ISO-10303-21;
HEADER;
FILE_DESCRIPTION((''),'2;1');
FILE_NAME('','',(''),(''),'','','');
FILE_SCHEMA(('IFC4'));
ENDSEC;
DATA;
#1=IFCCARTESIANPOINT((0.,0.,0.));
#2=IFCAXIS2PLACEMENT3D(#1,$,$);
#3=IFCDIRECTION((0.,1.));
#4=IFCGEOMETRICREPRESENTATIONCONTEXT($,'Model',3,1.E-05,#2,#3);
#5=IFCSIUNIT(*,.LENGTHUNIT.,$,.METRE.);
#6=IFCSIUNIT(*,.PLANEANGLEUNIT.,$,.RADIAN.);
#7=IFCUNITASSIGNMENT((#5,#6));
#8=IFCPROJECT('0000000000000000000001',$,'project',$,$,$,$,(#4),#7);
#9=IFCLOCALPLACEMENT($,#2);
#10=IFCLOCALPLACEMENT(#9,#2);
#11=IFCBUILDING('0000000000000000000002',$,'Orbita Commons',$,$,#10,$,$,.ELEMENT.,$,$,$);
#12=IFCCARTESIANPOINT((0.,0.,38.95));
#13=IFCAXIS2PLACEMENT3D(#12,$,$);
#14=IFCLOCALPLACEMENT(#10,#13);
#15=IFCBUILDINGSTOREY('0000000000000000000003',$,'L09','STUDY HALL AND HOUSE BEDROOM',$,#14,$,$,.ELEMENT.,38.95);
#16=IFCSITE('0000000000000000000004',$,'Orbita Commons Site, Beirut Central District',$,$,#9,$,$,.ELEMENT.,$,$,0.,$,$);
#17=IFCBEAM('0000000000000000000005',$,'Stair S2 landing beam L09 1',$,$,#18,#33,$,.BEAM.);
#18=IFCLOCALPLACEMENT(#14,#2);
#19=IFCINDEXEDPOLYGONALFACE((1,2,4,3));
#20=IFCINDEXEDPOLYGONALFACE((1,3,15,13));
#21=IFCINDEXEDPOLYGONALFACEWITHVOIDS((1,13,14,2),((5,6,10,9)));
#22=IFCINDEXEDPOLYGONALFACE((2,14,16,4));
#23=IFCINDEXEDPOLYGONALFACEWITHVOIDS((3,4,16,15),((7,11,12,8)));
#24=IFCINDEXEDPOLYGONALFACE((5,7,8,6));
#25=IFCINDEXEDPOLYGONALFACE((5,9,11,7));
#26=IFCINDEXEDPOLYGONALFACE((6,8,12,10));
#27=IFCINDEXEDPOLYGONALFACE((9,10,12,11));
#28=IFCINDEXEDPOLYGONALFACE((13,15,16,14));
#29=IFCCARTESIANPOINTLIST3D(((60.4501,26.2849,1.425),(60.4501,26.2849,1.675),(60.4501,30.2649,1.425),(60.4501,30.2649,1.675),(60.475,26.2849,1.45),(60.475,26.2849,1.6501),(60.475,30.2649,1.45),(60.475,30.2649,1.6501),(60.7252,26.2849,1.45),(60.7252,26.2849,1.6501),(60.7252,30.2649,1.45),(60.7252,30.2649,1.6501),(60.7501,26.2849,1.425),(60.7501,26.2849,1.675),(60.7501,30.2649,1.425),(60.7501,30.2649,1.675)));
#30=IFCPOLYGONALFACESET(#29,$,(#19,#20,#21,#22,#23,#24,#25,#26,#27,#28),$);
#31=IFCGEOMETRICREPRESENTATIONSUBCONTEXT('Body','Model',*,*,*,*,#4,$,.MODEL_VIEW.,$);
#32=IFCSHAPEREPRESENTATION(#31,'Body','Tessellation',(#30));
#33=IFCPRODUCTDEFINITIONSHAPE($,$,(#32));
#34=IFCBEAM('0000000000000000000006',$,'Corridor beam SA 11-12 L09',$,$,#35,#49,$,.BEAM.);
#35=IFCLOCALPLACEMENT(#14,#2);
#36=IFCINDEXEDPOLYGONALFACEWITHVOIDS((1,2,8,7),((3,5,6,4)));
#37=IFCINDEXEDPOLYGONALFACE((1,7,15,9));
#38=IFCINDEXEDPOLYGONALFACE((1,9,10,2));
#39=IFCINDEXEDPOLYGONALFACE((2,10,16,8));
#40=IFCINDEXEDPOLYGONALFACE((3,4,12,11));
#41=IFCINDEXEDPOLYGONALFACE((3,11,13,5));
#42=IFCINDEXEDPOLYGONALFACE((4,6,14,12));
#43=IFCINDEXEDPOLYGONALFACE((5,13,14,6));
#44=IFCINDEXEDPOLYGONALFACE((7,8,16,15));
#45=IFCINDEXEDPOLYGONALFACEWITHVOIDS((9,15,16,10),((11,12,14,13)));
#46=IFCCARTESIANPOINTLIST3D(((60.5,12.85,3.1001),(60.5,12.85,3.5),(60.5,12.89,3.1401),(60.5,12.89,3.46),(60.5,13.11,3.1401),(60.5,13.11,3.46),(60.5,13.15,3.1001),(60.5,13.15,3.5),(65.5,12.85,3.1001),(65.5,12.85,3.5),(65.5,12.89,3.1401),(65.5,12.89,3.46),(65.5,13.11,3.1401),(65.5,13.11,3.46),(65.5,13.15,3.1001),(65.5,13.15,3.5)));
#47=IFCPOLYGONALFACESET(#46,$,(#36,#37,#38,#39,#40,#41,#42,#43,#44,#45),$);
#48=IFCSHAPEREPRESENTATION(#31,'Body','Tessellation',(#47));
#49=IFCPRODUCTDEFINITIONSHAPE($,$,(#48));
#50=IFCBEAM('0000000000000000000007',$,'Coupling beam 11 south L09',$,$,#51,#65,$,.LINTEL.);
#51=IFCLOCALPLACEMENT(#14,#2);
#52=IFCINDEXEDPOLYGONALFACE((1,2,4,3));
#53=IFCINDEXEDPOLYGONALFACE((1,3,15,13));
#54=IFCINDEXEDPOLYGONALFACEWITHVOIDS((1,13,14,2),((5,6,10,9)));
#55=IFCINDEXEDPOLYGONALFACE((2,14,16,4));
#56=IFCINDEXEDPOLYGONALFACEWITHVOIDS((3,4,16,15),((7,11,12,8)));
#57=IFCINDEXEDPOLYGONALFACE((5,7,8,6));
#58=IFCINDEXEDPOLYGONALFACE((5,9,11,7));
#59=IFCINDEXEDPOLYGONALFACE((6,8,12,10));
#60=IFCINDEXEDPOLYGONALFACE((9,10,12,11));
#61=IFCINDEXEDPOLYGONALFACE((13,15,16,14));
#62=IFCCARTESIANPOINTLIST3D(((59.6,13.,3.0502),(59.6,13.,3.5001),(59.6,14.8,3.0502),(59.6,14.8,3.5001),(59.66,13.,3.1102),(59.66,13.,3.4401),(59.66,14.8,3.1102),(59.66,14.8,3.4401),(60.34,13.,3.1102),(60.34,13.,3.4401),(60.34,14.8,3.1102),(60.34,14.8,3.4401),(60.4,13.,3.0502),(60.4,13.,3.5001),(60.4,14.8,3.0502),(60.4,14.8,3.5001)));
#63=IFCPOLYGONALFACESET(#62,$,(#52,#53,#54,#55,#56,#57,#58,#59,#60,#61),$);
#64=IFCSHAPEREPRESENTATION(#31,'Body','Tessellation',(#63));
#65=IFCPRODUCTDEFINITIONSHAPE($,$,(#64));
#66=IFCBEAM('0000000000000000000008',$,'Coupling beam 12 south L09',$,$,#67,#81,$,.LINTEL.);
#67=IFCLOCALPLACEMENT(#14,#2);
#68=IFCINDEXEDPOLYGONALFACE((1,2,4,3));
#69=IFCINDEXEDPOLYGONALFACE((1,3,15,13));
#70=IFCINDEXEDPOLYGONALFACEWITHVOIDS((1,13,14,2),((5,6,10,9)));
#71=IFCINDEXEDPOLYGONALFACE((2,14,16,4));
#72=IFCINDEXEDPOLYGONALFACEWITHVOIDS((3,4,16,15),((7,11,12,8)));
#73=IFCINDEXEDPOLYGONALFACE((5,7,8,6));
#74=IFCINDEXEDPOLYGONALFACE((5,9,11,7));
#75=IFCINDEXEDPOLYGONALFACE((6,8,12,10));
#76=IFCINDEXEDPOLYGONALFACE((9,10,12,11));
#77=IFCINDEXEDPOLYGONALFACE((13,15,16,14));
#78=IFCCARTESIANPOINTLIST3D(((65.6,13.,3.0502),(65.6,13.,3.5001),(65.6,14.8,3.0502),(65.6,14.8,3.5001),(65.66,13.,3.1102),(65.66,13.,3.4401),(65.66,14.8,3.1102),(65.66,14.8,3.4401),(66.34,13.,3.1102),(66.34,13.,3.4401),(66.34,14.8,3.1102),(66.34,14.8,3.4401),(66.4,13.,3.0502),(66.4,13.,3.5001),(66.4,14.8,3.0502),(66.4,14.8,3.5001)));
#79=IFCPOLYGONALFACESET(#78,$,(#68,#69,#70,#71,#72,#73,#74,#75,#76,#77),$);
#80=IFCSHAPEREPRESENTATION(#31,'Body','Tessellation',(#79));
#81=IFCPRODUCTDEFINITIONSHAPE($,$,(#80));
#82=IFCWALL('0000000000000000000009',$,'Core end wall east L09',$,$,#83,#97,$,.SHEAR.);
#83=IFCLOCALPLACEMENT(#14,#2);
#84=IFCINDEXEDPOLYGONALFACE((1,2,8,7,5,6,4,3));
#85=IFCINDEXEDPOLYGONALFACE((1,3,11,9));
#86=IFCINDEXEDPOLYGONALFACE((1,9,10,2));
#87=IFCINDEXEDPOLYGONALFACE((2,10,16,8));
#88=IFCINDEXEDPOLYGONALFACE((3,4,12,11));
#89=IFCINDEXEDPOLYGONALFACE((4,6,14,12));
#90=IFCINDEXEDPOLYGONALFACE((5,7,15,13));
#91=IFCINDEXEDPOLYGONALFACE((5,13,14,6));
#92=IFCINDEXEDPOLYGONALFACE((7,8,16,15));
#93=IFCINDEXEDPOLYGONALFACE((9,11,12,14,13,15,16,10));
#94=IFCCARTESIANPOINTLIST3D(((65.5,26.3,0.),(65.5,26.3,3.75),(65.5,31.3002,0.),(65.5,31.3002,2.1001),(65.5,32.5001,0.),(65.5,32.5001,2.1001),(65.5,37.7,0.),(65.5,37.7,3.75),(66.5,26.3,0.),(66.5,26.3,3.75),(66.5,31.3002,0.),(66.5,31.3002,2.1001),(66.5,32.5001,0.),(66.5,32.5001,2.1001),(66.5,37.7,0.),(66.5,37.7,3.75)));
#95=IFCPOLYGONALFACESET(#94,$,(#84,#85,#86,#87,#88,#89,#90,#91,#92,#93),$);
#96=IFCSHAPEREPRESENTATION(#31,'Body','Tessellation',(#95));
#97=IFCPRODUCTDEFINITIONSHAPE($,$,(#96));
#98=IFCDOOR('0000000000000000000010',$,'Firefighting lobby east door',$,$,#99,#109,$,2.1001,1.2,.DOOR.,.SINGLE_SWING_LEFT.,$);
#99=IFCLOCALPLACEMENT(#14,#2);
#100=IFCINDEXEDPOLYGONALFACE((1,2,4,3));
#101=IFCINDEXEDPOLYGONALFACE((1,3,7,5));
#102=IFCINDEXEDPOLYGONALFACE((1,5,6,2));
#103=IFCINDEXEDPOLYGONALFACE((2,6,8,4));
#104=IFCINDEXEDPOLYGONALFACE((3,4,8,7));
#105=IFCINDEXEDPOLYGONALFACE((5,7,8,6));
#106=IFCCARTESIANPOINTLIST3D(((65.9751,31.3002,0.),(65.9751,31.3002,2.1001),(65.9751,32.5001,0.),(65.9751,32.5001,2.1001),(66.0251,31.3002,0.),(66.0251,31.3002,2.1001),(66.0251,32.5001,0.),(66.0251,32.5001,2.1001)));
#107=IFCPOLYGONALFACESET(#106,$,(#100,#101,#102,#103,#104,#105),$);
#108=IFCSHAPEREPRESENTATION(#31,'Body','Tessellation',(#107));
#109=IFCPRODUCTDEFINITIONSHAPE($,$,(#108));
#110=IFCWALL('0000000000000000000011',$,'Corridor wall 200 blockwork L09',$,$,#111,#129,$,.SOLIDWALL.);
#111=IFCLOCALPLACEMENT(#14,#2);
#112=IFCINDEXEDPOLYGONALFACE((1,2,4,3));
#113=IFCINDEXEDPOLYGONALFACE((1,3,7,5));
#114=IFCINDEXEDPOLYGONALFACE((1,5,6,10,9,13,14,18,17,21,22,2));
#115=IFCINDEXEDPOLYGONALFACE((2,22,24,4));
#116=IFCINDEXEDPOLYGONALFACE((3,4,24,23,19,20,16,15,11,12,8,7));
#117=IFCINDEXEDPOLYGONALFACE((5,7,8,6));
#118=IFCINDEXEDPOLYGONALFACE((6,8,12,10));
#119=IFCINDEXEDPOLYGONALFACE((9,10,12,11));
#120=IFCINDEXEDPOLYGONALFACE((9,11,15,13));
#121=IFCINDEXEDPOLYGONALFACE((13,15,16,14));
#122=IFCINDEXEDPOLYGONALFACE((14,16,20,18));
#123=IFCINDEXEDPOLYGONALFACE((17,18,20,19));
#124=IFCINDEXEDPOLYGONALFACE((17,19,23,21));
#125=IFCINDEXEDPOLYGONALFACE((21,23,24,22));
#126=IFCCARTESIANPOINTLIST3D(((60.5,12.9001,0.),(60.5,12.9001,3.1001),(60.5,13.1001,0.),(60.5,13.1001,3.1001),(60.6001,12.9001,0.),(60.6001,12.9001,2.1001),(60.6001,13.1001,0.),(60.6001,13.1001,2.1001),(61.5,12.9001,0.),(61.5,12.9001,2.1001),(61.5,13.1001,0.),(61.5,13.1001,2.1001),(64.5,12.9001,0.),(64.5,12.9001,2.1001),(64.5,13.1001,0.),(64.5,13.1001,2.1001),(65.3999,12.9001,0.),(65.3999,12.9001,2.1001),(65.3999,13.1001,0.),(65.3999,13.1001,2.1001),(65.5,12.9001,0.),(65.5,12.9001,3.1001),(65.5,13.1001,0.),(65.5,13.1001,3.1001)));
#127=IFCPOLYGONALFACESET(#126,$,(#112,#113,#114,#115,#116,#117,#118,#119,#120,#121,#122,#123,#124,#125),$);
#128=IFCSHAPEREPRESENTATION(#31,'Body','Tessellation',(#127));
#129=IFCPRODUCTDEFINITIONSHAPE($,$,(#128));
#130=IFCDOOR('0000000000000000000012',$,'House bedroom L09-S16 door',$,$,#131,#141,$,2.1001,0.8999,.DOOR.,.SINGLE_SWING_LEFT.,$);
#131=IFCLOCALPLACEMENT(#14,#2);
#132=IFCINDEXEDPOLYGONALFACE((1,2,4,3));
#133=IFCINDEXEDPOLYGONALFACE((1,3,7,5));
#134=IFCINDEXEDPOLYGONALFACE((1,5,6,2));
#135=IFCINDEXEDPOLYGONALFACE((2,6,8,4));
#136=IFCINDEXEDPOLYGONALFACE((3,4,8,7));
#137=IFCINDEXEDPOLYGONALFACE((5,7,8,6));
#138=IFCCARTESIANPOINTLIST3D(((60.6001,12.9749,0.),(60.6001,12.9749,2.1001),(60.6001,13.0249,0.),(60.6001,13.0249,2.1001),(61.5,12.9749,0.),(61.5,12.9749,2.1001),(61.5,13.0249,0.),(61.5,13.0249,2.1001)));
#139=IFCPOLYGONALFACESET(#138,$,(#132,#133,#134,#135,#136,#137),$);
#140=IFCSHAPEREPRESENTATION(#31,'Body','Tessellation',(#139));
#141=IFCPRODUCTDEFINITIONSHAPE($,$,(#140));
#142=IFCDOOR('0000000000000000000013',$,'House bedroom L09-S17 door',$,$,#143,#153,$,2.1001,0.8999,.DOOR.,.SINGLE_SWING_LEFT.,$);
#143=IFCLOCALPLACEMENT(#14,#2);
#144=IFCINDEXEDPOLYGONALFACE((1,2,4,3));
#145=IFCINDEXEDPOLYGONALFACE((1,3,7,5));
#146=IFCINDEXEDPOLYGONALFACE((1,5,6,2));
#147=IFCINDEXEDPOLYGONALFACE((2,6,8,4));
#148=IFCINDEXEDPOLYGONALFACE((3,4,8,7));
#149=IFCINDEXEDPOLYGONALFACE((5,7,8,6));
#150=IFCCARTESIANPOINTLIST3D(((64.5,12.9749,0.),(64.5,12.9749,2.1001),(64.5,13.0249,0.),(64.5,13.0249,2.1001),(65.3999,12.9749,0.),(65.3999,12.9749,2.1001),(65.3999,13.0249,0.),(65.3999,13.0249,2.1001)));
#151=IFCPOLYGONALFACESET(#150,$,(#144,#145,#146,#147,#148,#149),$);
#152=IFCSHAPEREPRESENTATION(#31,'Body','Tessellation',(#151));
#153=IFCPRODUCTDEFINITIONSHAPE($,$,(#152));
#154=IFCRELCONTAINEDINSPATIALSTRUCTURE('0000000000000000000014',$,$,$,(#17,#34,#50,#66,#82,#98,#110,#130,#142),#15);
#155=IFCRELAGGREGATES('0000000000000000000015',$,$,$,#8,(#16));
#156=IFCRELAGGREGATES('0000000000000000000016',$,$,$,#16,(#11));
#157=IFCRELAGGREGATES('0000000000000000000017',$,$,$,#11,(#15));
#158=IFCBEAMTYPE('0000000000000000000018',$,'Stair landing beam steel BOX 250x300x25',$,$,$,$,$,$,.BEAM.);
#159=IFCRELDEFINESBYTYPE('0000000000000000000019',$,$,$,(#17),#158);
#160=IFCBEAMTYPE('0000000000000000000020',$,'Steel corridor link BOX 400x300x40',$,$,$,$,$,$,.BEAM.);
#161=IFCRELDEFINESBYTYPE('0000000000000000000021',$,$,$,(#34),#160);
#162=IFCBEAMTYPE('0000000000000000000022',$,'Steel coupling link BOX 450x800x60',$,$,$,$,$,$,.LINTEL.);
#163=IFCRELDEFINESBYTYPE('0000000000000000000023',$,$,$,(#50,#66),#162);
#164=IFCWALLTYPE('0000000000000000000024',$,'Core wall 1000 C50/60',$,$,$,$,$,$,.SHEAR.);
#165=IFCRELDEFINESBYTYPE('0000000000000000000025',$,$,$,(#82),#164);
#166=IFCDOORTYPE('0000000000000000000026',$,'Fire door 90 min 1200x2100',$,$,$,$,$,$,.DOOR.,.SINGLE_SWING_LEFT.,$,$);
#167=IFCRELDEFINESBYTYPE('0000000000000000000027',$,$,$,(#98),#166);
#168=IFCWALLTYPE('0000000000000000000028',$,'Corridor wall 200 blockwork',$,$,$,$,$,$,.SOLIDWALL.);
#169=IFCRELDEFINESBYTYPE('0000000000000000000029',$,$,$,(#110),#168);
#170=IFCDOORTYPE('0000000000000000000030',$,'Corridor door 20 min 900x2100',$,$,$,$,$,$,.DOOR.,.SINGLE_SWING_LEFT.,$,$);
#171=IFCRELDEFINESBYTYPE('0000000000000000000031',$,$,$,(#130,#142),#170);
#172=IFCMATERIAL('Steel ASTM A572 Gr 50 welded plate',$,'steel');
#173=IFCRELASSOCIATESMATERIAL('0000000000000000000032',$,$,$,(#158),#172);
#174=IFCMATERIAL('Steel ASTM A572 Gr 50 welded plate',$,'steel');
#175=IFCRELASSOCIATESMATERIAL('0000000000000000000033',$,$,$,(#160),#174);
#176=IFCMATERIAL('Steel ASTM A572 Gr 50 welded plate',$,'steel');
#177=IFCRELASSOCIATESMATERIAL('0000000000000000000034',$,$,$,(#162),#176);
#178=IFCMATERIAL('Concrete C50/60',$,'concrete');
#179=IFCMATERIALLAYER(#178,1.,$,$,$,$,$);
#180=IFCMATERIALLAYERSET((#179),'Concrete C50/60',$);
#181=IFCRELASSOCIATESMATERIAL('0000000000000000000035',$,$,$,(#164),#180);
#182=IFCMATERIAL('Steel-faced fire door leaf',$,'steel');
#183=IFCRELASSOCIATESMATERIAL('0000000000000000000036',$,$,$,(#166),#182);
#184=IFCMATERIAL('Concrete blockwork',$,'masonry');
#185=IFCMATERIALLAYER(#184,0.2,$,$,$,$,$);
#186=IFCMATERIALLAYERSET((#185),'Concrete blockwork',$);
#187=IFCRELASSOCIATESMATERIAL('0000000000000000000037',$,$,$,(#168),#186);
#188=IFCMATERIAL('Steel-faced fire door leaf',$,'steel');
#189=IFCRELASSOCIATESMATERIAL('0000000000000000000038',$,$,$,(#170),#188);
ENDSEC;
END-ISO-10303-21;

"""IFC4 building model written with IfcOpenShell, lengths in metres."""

from ifc_helpers import new_model, si_unit, direction, frame, frame_2d, origin, origin_2d, place, context, subcontext, project, spatial, polyline, rectangle, hollow_rectangle, outline, extrude, material, layer, layer_set, material_profile, profile_set, type_object, element, fill, save


model = new_model("IFC4")

# Units and contexts
model_context = context("Model", 3, precision=1e-05, world=origin(), true_north=direction((0.0, 1.0)))
body_context = subcontext(model_context, "Body", "Model", "MODEL_VIEW")
ifc_project = project(units=[si_unit("LENGTHUNIT", "METRE"), si_unit("PLANEANGLEUNIT", "RADIAN")], contexts=[model_context])

# Site, building, storey
site_placement = place(None, origin())
site = spatial("IfcSite", under=ifc_project, at=site_placement, Name="Orbita Commons Site, Beirut Central District", CompositionType="ELEMENT", RefElevation=0.0)
building_placement = place(site_placement, origin())
building = spatial("IfcBuilding", under=site, at=building_placement, Name="Orbita Commons", CompositionType="ELEMENT")
storey_placement = place(building_placement, frame((0.0, 0.0, 38.95)))
storey = spatial("IfcBuildingStorey", under=building, at=storey_placement, Name="L09", Description="STUDY HALL AND HOUSE BEDROOM", CompositionType="ELEMENT", Elevation=38.95)

# Beams
ifc_material_1 = material(Name="Steel ASTM A572 Gr 50 welded plate", Category="steel")
ifc_material_profile_1 = material_profile(ifc_material_1, hollow_rectangle(XDim=0.3, YDim=0.25, WallThickness=0.0249, at=origin_2d()), Name="BOX 250x300x25")
ifc_profile_set_1 = profile_set([ifc_material_profile_1], Name="Steel ASTM A572 Gr 50 welded plate")
beam_type_1 = type_object("IfcBeamType", Name="Stair landing beam steel BOX 250x300x25", PredefinedType="BEAM", material=ifc_profile_set_1)
beam_1_placement = place(storey_placement, frame((60.6001, 26.2849, 1.55), z_axis=(0.0, 1.0, 0.0), x_axis=(-1.0, 0.0, 0.0)))
element("IfcBeam", 1, at=beam_1_placement, inside=storey, type_object=beam_type_1, Name="Stair S2 landing beam L09 1", PredefinedType="BEAM", context=body_context, shape_type="SweptSolid", body=[
    extrude(hollow_rectangle(XDim=0.3, YDim=0.25, WallThickness=0.0249, at=origin_2d()), origin(), (0.0, 0.0, 1.0), 3.98),
])
ifc_material_2 = material(Name="Steel ASTM A572 Gr 50 welded plate", Category="steel")
ifc_material_profile_2 = material_profile(ifc_material_2, hollow_rectangle(XDim=0.3, YDim=0.3999, WallThickness=0.04, at=origin_2d()), Name="BOX 400x300x40")
ifc_profile_set_2 = profile_set([ifc_material_profile_2], Name="Steel ASTM A572 Gr 50 welded plate")
beam_type_2 = type_object("IfcBeamType", Name="Steel corridor link BOX 400x300x40", PredefinedType="BEAM", material=ifc_profile_set_2)
beam_2_placement = place(storey_placement, frame((60.5, 13.0, 3.3), z_axis=(1.0, 0.0, 0.0), x_axis=(0.0, 1.0, 0.0)))
element("IfcBeam", 2, at=beam_2_placement, inside=storey, type_object=beam_type_2, Name="Corridor beam SA 11-12 L09", PredefinedType="BEAM", context=body_context, shape_type="SweptSolid", body=[
    extrude(hollow_rectangle(XDim=0.3, YDim=0.3999, WallThickness=0.04, at=origin_2d()), origin(), (0.0, 0.0, 1.0), 5.0),
])
ifc_material_3 = material(Name="Steel ASTM A572 Gr 50 welded plate", Category="steel")
ifc_material_profile_3 = material_profile(ifc_material_3, hollow_rectangle(XDim=0.8, YDim=0.45, WallThickness=0.0601, at=origin_2d()), Name="BOX 450x800x60")
ifc_profile_set_3 = profile_set([ifc_material_profile_3], Name="Steel ASTM A572 Gr 50 welded plate")
beam_type_3 = type_object("IfcBeamType", Name="Steel coupling link BOX 450x800x60", PredefinedType="LINTEL", material=ifc_profile_set_3)
for number, where, z_axis, x_axis, name in (
    (3, (60.0, 13.0, 3.2751), (0.0, 1.0, 0.0), (-1.0, 0.0, 0.0), "Coupling beam 11 south L09"),
    (4, (66.0, 13.0, 3.2751), (0.0, 1.0, 0.0), (-1.0, 0.0, 0.0), "Coupling beam 12 south L09"),
):
    element("IfcBeam", number, at=place(storey_placement, frame(where, z_axis=z_axis, x_axis=x_axis)), inside=storey, type_object=beam_type_3, Name=name, PredefinedType="LINTEL", context=body_context, shape_type="SweptSolid", body=[
        extrude(hollow_rectangle(XDim=0.8, YDim=0.45, WallThickness=0.0601, at=origin_2d()), origin(), (0.0, 0.0, 1.0), 1.8),
    ])

# Wall, opening, door
ifc_material_4 = material(Name="Concrete C50/60", Category="concrete")
ifc_layer_1 = layer(ifc_material_4, 1.0)
ifc_layer_set_1 = layer_set([ifc_layer_1], Name="Concrete C50/60")
wall_type_1 = type_object("IfcWallType", Name="Core wall 1000 C50/60", PredefinedType="SHEAR", material=ifc_layer_set_1)
wall_1_placement = place(storey_placement, frame((66.0, 26.3, 0.0), z_axis=(0.0, 0.0, 1.0), x_axis=(0.0, 1.0, 0.0)))
wall_1 = element("IfcWall", 5, at=wall_1_placement, inside=storey, type_object=wall_type_1, Name="Core end wall east L09", PredefinedType="SHEAR", context=body_context, shape_type="SweptSolid", body=[
    extrude(rectangle(XDim=11.3999, YDim=1.0, at=frame_2d((5.7, 0.0))), origin(), (0.0, 0.0, 1.0), 3.75),
])
opening_1_placement = place(wall_1_placement, frame((5.0, 0.0, 0.0)))
opening_1 = element("IfcOpeningElement", 6, at=opening_1_placement, cuts=wall_1, PredefinedType="OPENING", context=body_context, shape_type="SweptSolid", body=[
    extrude(rectangle(XDim=1.2, YDim=2.1001, at=frame_2d((0.6001, 1.05))), frame((0.0, 0.51, 0.0), z_axis=(0.0, -1.0, 0.0), x_axis=(1.0, 0.0, 0.0)), (0.0, 0.0, 1.0), 1.02),
])
ifc_material_5 = material(Name="Steel-faced fire door leaf", Category="steel")
door_type_1 = type_object("IfcDoorType", Name="Fire door 90 min 1200x2100", OperationType="SINGLE_SWING_LEFT", PredefinedType="DOOR", material=ifc_material_5)
door_1_placement = place(opening_1_placement, origin())
door_1 = element("IfcDoor", 7, at=door_1_placement, inside=storey, type_object=door_type_1, Name="Firefighting lobby east door", OperationType="SINGLE_SWING_LEFT", OverallHeight=2.1001, OverallWidth=1.2, PredefinedType="DOOR", context=body_context, shape_type="SweptSolid", body=[
    extrude(rectangle(XDim=1.2, YDim=2.1001, at=frame_2d((0.6001, 1.05))), frame((0.0, 0.0249, 0.0), z_axis=(0.0, -1.0, 0.0), x_axis=(1.0, 0.0, 0.0)), (0.0, 0.0, 1.0), 0.05),
])
fill(opening_1, door_1)

# Wall, openings, doors
ifc_material_6 = material(Name="Concrete blockwork", Category="masonry")
ifc_layer_2 = layer(ifc_material_6, 0.2)
ifc_layer_set_2 = layer_set([ifc_layer_2], Name="Concrete blockwork")
wall_type_2 = type_object("IfcWallType", Name="Corridor wall 200 blockwork", PredefinedType="SOLIDWALL", material=ifc_layer_set_2)
wall_2_placement = place(storey_placement, frame((60.5, 13.0, 0.0), z_axis=(0.0, 0.0, 1.0), x_axis=(1.0, 0.0, 0.0)))
wall_2 = element("IfcWall", 8, at=wall_2_placement, inside=storey, type_object=wall_type_2, Name="Corridor wall 200 blockwork L09", PredefinedType="SOLIDWALL", context=body_context, shape_type="SweptSolid", body=[
    extrude(outline(polyline([(0.0, 0.0), (5.0, 0.0), (5.0, 3.1001), (0.0, 3.1001), (0.0, 0.0)])), frame((0.0, 0.1001, 0.0), z_axis=(0.0, -1.0, 0.0), x_axis=(1.0, 0.0, 0.0)), (0.0, 0.0, 1.0), 0.2),
])
opening_2_placement = place(wall_2_placement, frame((0.1001, 0.0, 0.0)))
opening_2 = element("IfcOpeningElement", 9, at=opening_2_placement, cuts=wall_2, PredefinedType="OPENING", context=body_context, shape_type="SweptSolid", body=[
    extrude(rectangle(XDim=0.8999, YDim=2.1001, at=frame_2d((0.45, 1.05))), frame((0.0, 0.1099, 0.0), z_axis=(0.0, -1.0, 0.0), x_axis=(1.0, 0.0, 0.0)), (0.0, 0.0, 1.0), 0.22),
])
opening_3_placement = place(wall_2_placement, frame((4.0, 0.0, 0.0)))
opening_3 = element("IfcOpeningElement", 10, at=opening_3_placement, cuts=wall_2, PredefinedType="OPENING", context=body_context, shape_type="SweptSolid", body=[
    extrude(rectangle(XDim=0.8999, YDim=2.1001, at=frame_2d((0.45, 1.05))), frame((0.0, 0.1099, 0.0), z_axis=(0.0, -1.0, 0.0), x_axis=(1.0, 0.0, 0.0)), (0.0, 0.0, 1.0), 0.22),
])
ifc_material_7 = material(Name="Steel-faced fire door leaf", Category="steel")
door_type_2 = type_object("IfcDoorType", Name="Corridor door 20 min 900x2100", OperationType="SINGLE_SWING_LEFT", PredefinedType="DOOR", material=ifc_material_7)
door_2_placement = place(opening_2_placement, origin())
door_2 = element("IfcDoor", 11, at=door_2_placement, inside=storey, type_object=door_type_2, Name="House bedroom L09-S16 door", OperationType="SINGLE_SWING_LEFT", OverallHeight=2.1001, OverallWidth=0.8999, PredefinedType="DOOR", context=body_context, shape_type="SweptSolid", body=[
    extrude(rectangle(XDim=0.8999, YDim=2.1001, at=frame_2d((0.45, 1.05))), frame((0.0, 0.0249, 0.0), z_axis=(0.0, -1.0, 0.0), x_axis=(1.0, 0.0, 0.0)), (0.0, 0.0, 1.0), 0.05),
])
fill(opening_2, door_2)
door_3_placement = place(opening_3_placement, origin())
door_3 = element("IfcDoor", 12, at=door_3_placement, inside=storey, type_object=door_type_2, Name="House bedroom L09-S17 door", OperationType="SINGLE_SWING_LEFT", OverallHeight=2.1001, OverallWidth=0.8999, PredefinedType="DOOR", context=body_context, shape_type="SweptSolid", body=[
    extrude(rectangle(XDim=0.8999, YDim=2.1001, at=frame_2d((0.45, 1.05))), frame((0.0, 0.0249, 0.0), z_axis=(0.0, -1.0, 0.0), x_axis=(1.0, 0.0, 0.0)), (0.0, 0.0, 1.0), 0.05),
])
fill(opening_3, door_3)

save(model, "model.ifc")
